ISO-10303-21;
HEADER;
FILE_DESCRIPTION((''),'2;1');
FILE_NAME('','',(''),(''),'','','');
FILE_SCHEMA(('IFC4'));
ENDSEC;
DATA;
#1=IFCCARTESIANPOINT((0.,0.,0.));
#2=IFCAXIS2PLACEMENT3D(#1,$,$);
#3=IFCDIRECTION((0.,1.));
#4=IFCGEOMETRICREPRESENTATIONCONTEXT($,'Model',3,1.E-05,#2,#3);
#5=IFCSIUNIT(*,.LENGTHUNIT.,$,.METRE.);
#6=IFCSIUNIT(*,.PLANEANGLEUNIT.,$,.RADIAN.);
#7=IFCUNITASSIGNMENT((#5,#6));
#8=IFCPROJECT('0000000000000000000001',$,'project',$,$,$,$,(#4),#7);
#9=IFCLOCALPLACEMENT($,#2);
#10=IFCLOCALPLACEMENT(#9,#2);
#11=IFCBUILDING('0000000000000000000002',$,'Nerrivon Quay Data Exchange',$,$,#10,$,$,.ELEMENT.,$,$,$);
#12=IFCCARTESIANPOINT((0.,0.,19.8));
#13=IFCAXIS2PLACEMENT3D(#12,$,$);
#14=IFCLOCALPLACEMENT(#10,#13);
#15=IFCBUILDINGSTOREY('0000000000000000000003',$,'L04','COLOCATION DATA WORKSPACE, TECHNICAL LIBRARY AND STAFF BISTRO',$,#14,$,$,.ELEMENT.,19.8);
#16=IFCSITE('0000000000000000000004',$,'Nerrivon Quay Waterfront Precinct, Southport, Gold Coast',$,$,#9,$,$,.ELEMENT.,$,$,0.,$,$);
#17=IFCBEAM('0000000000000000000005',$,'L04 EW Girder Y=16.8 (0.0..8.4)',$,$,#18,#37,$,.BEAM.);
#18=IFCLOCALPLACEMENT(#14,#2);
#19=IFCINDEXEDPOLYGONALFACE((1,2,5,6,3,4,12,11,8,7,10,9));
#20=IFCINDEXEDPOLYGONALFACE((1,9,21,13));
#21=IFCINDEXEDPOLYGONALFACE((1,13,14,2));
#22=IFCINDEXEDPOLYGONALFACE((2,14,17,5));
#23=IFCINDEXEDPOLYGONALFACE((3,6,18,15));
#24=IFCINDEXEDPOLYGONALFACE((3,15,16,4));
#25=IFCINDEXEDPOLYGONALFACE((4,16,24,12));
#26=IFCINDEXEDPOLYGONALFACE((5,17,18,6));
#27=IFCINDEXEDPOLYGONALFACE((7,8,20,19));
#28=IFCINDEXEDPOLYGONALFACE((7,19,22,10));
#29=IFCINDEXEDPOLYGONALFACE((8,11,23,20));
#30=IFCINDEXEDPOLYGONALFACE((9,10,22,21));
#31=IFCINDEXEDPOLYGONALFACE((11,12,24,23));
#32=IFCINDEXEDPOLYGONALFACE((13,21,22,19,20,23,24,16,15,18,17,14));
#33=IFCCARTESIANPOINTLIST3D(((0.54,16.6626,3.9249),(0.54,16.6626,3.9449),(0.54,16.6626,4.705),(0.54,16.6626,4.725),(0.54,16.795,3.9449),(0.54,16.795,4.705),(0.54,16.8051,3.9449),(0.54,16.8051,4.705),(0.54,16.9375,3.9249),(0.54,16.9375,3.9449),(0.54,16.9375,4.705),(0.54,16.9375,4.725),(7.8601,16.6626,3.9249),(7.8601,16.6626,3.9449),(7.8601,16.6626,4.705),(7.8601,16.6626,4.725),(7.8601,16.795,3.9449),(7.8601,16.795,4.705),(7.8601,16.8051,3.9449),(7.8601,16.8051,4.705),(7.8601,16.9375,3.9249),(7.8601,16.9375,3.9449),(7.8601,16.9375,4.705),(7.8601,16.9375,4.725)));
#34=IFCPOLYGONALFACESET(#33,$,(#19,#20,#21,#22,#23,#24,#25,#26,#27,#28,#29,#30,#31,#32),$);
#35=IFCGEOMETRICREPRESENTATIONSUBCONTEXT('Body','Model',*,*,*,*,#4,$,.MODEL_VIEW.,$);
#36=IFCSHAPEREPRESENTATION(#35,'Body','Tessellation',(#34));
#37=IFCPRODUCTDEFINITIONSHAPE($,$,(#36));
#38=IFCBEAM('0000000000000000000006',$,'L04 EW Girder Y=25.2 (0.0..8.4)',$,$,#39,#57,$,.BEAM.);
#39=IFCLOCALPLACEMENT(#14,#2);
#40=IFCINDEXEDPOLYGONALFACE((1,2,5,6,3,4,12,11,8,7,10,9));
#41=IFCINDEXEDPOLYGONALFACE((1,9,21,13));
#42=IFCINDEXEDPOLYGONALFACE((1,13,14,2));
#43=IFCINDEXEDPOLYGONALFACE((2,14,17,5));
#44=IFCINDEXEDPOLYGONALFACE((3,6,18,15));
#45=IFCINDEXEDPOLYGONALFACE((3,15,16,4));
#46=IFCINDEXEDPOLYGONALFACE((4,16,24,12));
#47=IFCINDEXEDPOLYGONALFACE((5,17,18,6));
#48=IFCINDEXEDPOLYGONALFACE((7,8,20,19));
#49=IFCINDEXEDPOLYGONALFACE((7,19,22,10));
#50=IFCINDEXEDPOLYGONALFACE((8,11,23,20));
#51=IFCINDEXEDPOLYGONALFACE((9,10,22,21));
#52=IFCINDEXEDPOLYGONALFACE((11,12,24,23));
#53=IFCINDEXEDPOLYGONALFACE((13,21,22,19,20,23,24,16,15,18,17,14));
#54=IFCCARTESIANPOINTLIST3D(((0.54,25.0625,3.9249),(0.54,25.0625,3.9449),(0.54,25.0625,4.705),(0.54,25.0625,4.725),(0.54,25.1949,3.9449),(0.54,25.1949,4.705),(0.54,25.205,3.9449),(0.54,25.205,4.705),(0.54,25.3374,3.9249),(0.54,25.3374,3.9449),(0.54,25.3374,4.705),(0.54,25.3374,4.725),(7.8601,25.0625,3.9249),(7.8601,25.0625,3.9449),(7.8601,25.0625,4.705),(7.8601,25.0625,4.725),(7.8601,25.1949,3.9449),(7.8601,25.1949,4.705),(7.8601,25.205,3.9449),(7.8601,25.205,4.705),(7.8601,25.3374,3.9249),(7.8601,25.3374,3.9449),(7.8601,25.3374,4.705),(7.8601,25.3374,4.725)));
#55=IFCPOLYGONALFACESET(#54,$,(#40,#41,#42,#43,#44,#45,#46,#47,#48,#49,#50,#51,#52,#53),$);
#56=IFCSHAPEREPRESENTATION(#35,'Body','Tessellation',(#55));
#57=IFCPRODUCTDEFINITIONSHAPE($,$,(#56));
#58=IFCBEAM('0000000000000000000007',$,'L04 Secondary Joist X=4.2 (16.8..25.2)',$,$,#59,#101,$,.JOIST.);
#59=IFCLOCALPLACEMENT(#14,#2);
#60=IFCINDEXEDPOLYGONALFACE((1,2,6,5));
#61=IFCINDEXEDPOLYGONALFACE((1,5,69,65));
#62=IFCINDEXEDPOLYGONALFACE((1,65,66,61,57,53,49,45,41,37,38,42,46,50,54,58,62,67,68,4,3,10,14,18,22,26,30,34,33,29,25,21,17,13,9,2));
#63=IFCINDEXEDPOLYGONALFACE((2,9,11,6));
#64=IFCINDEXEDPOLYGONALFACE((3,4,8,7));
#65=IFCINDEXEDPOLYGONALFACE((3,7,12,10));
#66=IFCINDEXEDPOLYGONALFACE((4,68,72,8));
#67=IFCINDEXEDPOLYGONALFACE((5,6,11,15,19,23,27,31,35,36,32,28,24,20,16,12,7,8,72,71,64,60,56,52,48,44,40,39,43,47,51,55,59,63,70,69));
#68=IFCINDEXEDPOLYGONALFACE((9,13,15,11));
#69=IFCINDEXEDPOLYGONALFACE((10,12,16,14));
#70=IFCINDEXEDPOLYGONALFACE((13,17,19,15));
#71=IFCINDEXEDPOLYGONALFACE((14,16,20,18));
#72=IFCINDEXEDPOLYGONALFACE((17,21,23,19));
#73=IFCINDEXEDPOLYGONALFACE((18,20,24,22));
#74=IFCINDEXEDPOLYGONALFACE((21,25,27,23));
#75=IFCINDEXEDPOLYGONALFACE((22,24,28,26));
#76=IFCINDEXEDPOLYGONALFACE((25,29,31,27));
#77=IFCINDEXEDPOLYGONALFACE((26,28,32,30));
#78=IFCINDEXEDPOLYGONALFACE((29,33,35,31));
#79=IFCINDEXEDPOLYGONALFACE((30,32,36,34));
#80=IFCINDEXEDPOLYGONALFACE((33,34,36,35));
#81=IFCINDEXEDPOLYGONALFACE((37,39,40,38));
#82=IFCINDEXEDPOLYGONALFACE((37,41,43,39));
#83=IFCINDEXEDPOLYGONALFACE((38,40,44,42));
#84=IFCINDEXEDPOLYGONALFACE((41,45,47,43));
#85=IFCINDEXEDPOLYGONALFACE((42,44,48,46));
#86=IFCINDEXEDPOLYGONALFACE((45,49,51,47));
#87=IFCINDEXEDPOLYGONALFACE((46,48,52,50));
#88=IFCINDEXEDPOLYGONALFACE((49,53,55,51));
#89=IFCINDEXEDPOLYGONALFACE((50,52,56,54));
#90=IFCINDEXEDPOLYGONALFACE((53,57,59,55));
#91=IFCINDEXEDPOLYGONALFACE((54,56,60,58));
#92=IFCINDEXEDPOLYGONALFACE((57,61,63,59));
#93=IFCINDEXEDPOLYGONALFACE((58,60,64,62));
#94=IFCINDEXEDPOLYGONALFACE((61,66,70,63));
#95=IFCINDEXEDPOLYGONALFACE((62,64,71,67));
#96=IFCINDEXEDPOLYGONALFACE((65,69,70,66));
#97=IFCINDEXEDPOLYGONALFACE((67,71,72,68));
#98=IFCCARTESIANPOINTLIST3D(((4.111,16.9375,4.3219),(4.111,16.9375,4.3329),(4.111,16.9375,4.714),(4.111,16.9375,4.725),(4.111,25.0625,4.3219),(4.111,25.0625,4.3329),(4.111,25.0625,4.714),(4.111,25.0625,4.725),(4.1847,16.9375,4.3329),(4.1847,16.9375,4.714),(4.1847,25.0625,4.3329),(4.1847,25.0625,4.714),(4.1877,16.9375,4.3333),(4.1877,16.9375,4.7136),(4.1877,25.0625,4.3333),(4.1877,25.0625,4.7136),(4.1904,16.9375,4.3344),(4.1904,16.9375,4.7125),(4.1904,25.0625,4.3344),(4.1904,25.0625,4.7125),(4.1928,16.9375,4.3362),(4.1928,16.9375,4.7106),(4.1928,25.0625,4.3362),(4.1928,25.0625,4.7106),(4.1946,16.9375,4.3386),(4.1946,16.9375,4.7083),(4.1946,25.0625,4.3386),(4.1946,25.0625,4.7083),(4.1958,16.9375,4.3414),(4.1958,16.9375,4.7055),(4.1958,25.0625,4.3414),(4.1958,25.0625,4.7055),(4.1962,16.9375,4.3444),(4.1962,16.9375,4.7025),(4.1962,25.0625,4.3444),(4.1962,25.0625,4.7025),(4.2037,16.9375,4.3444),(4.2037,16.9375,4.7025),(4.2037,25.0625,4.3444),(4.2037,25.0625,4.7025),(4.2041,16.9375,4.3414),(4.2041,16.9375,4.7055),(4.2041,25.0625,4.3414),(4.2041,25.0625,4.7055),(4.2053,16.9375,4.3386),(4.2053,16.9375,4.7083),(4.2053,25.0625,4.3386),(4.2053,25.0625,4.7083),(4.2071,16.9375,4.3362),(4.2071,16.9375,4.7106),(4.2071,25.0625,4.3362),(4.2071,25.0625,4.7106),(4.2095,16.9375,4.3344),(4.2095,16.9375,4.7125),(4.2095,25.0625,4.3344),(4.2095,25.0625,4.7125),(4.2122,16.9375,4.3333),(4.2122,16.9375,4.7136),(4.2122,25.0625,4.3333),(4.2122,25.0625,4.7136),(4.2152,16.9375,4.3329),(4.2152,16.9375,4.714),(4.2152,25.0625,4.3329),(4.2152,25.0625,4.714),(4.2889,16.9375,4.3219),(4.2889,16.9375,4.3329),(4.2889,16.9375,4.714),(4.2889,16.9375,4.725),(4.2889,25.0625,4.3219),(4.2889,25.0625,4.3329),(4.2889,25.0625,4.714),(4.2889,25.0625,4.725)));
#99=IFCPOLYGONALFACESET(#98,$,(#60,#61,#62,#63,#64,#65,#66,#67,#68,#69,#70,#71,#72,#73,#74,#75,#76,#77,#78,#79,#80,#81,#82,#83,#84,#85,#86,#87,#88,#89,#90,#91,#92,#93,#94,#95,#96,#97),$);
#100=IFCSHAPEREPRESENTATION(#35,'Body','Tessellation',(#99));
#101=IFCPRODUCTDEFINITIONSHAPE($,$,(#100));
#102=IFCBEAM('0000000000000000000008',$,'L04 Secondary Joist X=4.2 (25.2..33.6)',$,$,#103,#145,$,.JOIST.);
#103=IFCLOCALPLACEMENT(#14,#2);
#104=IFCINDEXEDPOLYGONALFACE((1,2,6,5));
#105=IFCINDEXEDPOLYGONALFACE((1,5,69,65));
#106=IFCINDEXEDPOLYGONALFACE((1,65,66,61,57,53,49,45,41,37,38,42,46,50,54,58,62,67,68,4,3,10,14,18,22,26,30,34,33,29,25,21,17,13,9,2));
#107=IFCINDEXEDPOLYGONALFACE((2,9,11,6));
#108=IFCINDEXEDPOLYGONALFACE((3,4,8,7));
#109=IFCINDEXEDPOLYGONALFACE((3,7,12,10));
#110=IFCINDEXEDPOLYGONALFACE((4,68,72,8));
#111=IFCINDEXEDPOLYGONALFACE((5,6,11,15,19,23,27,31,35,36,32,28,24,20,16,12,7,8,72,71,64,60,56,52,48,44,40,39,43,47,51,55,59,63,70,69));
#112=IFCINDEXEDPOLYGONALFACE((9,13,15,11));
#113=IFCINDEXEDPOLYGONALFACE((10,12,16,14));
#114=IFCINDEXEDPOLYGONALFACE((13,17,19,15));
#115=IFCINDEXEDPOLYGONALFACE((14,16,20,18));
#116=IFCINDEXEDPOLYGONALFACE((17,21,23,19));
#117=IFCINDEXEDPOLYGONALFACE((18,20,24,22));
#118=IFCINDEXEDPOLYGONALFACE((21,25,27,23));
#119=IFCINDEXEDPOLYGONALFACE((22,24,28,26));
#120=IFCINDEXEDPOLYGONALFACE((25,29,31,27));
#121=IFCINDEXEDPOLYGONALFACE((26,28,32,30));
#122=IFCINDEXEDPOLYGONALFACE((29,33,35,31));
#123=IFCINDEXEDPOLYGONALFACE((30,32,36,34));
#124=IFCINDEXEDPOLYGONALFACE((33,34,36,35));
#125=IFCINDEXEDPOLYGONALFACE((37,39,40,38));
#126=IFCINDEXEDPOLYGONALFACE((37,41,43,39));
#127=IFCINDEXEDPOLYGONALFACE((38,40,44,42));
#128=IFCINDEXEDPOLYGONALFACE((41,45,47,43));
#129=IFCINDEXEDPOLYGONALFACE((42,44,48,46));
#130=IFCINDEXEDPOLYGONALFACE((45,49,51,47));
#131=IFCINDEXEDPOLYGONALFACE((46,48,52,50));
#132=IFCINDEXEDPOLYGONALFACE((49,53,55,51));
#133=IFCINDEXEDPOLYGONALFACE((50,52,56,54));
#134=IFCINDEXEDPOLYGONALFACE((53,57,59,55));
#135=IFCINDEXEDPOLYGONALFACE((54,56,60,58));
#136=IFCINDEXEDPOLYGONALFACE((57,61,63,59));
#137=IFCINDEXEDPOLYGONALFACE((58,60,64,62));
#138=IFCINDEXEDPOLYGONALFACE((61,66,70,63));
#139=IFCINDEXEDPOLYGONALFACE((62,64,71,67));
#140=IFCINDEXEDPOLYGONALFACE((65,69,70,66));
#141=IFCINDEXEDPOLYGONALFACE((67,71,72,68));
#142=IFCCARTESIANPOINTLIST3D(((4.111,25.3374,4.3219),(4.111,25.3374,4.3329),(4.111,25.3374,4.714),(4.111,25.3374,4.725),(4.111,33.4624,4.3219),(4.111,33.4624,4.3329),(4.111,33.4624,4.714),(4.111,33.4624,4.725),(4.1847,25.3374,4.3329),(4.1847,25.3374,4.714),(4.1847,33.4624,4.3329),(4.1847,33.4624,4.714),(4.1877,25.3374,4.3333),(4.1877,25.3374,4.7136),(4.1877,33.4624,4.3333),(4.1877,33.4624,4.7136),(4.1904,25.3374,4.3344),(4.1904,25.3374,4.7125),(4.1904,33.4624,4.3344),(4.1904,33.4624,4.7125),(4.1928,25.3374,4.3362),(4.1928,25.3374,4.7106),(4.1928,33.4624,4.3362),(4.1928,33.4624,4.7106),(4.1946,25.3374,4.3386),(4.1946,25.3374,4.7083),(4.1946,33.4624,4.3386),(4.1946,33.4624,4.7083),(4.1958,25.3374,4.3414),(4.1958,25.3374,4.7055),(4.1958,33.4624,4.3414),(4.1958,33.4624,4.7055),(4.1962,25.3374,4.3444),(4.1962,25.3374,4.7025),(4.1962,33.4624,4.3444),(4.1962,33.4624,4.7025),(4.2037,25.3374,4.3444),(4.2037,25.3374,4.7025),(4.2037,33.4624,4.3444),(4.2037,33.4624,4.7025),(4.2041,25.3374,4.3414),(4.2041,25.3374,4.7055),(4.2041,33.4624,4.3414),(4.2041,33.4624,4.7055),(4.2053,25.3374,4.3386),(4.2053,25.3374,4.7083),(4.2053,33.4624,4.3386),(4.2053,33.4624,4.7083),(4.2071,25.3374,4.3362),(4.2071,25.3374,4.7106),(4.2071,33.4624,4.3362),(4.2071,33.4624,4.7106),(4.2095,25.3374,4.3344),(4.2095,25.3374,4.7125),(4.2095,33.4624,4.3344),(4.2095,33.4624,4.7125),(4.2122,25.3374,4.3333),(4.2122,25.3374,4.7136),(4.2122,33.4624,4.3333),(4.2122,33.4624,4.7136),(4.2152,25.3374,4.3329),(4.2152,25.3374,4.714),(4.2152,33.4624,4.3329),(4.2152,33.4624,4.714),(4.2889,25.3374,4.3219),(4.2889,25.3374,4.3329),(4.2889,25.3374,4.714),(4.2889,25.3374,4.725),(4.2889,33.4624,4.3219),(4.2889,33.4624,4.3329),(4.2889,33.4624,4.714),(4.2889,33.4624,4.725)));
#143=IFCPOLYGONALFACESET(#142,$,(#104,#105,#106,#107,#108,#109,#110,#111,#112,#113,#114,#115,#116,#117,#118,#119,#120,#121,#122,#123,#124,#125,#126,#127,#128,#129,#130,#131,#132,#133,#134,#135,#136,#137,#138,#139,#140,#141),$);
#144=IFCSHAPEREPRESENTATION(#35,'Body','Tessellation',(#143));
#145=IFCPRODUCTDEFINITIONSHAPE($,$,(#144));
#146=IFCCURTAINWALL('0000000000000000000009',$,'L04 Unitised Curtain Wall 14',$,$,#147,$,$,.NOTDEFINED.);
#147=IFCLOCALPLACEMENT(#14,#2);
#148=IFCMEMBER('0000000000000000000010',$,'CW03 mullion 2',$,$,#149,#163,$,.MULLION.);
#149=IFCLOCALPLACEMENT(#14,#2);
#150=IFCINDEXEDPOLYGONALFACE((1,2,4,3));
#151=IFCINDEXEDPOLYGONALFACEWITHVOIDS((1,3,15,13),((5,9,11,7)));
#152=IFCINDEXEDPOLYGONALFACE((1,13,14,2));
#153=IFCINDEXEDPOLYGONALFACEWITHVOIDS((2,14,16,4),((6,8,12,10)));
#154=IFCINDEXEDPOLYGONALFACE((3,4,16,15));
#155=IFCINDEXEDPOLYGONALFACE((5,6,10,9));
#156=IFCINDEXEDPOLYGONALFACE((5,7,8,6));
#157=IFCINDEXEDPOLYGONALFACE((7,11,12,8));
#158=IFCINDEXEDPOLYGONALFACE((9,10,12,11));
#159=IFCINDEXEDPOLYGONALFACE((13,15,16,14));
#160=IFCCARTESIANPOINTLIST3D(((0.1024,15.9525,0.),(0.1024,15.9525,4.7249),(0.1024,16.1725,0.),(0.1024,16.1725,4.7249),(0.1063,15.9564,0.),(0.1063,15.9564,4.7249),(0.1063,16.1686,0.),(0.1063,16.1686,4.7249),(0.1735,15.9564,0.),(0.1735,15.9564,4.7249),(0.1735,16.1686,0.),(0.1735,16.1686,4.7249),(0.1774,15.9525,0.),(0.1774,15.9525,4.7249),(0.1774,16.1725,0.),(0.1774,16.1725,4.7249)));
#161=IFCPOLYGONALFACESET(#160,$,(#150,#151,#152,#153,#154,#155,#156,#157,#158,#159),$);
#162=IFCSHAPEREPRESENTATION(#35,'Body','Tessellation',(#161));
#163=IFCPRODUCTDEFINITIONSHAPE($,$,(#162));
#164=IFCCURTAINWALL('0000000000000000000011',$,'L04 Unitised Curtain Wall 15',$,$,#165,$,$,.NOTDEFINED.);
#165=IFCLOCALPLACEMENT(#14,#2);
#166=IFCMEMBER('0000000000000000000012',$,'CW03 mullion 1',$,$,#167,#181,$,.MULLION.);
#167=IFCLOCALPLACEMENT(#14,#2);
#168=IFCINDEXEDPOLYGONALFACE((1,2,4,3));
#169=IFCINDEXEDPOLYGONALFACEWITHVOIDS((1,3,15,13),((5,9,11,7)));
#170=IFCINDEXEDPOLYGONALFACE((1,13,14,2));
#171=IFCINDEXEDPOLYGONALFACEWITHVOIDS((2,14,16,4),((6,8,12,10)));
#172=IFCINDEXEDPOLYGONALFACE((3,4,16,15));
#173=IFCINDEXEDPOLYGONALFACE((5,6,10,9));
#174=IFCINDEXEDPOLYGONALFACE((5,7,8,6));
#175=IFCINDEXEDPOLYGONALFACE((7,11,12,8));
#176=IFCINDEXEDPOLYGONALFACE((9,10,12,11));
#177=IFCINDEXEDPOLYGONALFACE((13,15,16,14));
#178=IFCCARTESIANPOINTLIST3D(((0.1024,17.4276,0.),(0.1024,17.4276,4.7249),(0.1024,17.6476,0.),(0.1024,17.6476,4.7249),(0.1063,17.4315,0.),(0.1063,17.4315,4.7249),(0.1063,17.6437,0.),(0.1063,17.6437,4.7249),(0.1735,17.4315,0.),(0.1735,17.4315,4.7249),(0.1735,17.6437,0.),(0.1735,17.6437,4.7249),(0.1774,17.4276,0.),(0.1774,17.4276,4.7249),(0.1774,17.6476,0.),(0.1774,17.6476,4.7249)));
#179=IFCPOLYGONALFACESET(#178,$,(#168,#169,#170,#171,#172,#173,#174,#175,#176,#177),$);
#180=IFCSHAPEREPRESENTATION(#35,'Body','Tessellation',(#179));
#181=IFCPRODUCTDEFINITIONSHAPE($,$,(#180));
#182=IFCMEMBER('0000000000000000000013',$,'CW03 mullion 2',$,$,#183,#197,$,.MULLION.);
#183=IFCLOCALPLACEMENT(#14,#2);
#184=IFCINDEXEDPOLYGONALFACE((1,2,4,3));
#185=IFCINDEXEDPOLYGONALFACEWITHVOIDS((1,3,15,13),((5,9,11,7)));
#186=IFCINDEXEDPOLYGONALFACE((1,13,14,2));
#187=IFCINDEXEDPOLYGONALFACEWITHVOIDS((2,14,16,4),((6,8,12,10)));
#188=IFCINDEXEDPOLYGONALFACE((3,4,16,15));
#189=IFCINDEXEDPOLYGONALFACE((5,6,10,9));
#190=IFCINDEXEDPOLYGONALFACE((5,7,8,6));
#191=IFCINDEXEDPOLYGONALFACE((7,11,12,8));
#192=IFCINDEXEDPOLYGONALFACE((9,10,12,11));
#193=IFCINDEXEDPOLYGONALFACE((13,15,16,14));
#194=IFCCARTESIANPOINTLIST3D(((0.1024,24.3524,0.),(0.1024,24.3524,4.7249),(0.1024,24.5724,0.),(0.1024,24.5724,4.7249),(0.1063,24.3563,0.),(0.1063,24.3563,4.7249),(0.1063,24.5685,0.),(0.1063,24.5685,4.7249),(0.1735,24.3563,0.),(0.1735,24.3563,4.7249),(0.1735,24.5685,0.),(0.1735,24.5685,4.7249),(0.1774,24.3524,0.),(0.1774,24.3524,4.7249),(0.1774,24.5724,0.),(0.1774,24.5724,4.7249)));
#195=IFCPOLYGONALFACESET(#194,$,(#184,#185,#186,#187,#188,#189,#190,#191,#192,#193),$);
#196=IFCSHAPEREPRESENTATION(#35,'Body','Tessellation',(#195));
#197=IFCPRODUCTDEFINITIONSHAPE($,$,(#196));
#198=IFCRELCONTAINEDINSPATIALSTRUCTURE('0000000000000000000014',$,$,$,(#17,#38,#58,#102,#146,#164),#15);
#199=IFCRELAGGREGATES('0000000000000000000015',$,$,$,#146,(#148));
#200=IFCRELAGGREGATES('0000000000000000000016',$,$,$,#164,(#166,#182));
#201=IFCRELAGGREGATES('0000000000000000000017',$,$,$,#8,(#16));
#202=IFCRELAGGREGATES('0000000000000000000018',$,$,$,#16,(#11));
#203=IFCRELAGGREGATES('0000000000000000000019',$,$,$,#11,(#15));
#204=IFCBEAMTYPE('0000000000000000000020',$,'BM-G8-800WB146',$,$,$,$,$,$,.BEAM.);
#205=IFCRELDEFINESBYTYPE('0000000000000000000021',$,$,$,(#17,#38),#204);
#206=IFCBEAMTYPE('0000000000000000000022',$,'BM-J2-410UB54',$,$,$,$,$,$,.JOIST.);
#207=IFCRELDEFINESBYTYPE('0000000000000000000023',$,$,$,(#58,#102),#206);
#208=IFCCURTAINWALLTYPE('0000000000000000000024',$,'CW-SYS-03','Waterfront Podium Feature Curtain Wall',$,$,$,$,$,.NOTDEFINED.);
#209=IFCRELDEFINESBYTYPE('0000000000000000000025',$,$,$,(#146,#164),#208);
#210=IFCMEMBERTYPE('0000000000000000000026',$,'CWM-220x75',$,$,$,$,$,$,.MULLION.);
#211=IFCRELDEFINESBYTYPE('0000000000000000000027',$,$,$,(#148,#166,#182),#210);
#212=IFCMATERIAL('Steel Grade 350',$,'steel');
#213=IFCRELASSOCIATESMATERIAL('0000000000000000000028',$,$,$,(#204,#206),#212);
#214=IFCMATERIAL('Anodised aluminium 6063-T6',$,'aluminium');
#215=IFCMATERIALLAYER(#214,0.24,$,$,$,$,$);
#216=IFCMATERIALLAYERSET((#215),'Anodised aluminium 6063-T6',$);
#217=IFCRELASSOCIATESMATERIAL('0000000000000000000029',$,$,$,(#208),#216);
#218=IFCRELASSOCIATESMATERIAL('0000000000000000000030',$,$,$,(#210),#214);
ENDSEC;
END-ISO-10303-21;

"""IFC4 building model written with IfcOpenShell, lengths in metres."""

from ifc_helpers import new_model, si_unit, direction, frame, origin, origin_2d, place, context, subcontext, project, spatial, hollow_rectangle, i_section, extrude, material, layer, layer_set, material_profile, profile_set, type_object, element, aggregate, save


model = new_model("IFC4")

# Units and contexts
model_context = context("Model", 3, precision=1e-05, world=origin(), true_north=direction((0.0, 1.0)))
body_context = subcontext(model_context, "Body", "Model", "MODEL_VIEW")
ifc_project = project(units=[si_unit("LENGTHUNIT", "METRE"), si_unit("PLANEANGLEUNIT", "RADIAN")], contexts=[model_context])

# Site, building, storey
site_placement = place(None, origin())
site = spatial("IfcSite", under=ifc_project, at=site_placement, Name="Nerrivon Quay Waterfront Precinct, Southport, Gold Coast", CompositionType="ELEMENT", RefElevation=0.0)
building_placement = place(site_placement, origin())
building = spatial("IfcBuilding", under=site, at=building_placement, Name="Nerrivon Quay Data Exchange", CompositionType="ELEMENT")
storey_placement = place(building_placement, frame((0.0, 0.0, 19.8)))
storey = spatial("IfcBuildingStorey", under=building, at=storey_placement, Name="L04", Description="COLOCATION DATA WORKSPACE, TECHNICAL LIBRARY AND STAFF BISTRO", CompositionType="ELEMENT", Elevation=19.8)

# Beams
ifc_material_1 = material(Name="Steel Grade 350", Category="steel")
ifc_material_profile_1 = material_profile(ifc_material_1, i_section(OverallWidth=0.2749, OverallDepth=0.8, WebThickness=0.01, FlangeThickness=0.02, at=origin_2d()), Name="800WB146")
ifc_profile_set_1 = profile_set([ifc_material_profile_1], Name="Steel Grade 350")
beam_type_1 = type_object("IfcBeamType", Name="BM-G8-800WB146", PredefinedType="BEAM", material=ifc_profile_set_1)
for number, where, z_axis, x_axis, name in (
    (1, (0.54, 16.8, 4.325), (1.0, 0.0, 0.0), (0.0, 1.0, 0.0), "L04 EW Girder Y=16.8 (0.0..8.4)"),
    (2, (0.54, 25.2, 4.325), (1.0, 0.0, 0.0), (0.0, 1.0, 0.0), "L04 EW Girder Y=25.2 (0.0..8.4)"),
):
    element("IfcBeam", number, at=place(storey_placement, frame(where, z_axis=z_axis, x_axis=x_axis)), inside=storey, type_object=beam_type_1, Name=name, PredefinedType="BEAM", context=body_context, shape_type="SweptSolid", body=[
        extrude(i_section(OverallWidth=0.2749, OverallDepth=0.8, WebThickness=0.01, FlangeThickness=0.02, at=origin_2d()), origin(), (0.0, 0.0, 1.0), 7.3201),
    ])
ifc_material_profile_2 = material_profile(ifc_material_1, i_section(OverallWidth=0.178, OverallDepth=0.4031, WebThickness=0.0076, FlangeThickness=0.011, FilletRadius=0.0115, at=origin_2d()), Name="410UB53.7")
ifc_profile_set_2 = profile_set([ifc_material_profile_2], Name="Steel Grade 350")
beam_type_2 = type_object("IfcBeamType", Name="BM-J2-410UB54", PredefinedType="JOIST", material=ifc_profile_set_2)
for number, where, z_axis, x_axis, name in (
    (3, (4.2, 16.9375, 4.5234), (0.0, 1.0, 0.0), (-1.0, 0.0, 0.0), "L04 Secondary Joist X=4.2 (16.8..25.2)"),
    (4, (4.2, 25.3374, 4.5234), (0.0, 1.0, 0.0), (-1.0, 0.0, 0.0), "L04 Secondary Joist X=4.2 (25.2..33.6)"),
):
    element("IfcBeam", number, at=place(storey_placement, frame(where, z_axis=z_axis, x_axis=x_axis)), inside=storey, type_object=beam_type_2, Name=name, PredefinedType="JOIST", context=body_context, shape_type="SweptSolid", body=[
        extrude(i_section(OverallWidth=0.178, OverallDepth=0.4031, WebThickness=0.0076, FlangeThickness=0.011, FilletRadius=0.0115, at=origin_2d()), origin(), (0.0, 0.0, 1.0), 8.125),
    ])

# Curtain wall, member
ifc_material_2 = material(Name="Anodised aluminium 6063-T6", Category="aluminium")
ifc_layer_1 = layer(ifc_material_2, 0.24)
ifc_layer_set_1 = layer_set([ifc_layer_1], Name="Anodised aluminium 6063-T6")
curtain_wall_type = type_object("IfcCurtainWallType", Name="CW-SYS-03", Description="Waterfront Podium Feature Curtain Wall", PredefinedType="NOTDEFINED", material=ifc_layer_set_1)
curtain_wall_1_placement = place(storey_placement, origin())
curtain_wall_1 = element("IfcCurtainWall", 5, at=curtain_wall_1_placement, inside=storey, type_object=curtain_wall_type, Name="L04 Unitised Curtain Wall 14", PredefinedType="NOTDEFINED")
ifc_material_profile_3 = material_profile(ifc_material_2, hollow_rectangle(XDim=0.075, YDim=0.22, WallThickness=0.0039, at=origin_2d()), Name="ALU-MULL-220x75")
ifc_profile_set_3 = profile_set([ifc_material_profile_3], Name="Anodised aluminium 6063-T6")
member_type_1 = type_object("IfcMemberType", Name="CWM-220x75", PredefinedType="MULLION", material=ifc_profile_set_3)
member_1_placement = place(storey_placement, frame((0.1399, 16.0625, 0.0), z_axis=(0.0, 0.0, 1.0), x_axis=(-1.0, 0.0, 0.0)))
member_1 = element("IfcMember", 6, at=member_1_placement, type_object=member_type_1, Name="CW03 mullion 2", PredefinedType="MULLION", context=body_context, shape_type="SweptSolid", body=[
    extrude(hollow_rectangle(XDim=0.075, YDim=0.22, WallThickness=0.0039, at=origin_2d()), origin(), (0.0, 0.0, 1.0), 4.7249),
])

# Curtain wall, members
curtain_wall_2_placement = place(storey_placement, origin())
curtain_wall_2 = element("IfcCurtainWall", 7, at=curtain_wall_2_placement, inside=storey, type_object=curtain_wall_type, Name="L04 Unitised Curtain Wall 15", PredefinedType="NOTDEFINED")
member_2_placement = place(storey_placement, frame((0.1399, 17.5376, 0.0), z_axis=(0.0, 0.0, 1.0), x_axis=(-1.0, 0.0, 0.0)))
member_2 = element("IfcMember", 8, at=member_2_placement, type_object=member_type_1, Name="CW03 mullion 1", PredefinedType="MULLION", context=body_context, shape_type="SweptSolid", body=[
    extrude(hollow_rectangle(XDim=0.075, YDim=0.22, WallThickness=0.0039, at=origin_2d()), origin(), (0.0, 0.0, 1.0), 4.7249),
])
member_3_placement = place(storey_placement, frame((0.1399, 24.4624, 0.0), z_axis=(0.0, 0.0, 1.0), x_axis=(-1.0, 0.0, 0.0)))
member_3 = element("IfcMember", 9, at=member_3_placement, type_object=member_type_1, Name="CW03 mullion 2", PredefinedType="MULLION", context=body_context, shape_type="SweptSolid", body=[
    extrude(hollow_rectangle(XDim=0.075, YDim=0.22, WallThickness=0.0039, at=origin_2d()), origin(), (0.0, 0.0, 1.0), 4.7249),
])

aggregate(curtain_wall_1, [member_1])
aggregate(curtain_wall_2, [member_2, member_3])

save(model, "model.ifc")
